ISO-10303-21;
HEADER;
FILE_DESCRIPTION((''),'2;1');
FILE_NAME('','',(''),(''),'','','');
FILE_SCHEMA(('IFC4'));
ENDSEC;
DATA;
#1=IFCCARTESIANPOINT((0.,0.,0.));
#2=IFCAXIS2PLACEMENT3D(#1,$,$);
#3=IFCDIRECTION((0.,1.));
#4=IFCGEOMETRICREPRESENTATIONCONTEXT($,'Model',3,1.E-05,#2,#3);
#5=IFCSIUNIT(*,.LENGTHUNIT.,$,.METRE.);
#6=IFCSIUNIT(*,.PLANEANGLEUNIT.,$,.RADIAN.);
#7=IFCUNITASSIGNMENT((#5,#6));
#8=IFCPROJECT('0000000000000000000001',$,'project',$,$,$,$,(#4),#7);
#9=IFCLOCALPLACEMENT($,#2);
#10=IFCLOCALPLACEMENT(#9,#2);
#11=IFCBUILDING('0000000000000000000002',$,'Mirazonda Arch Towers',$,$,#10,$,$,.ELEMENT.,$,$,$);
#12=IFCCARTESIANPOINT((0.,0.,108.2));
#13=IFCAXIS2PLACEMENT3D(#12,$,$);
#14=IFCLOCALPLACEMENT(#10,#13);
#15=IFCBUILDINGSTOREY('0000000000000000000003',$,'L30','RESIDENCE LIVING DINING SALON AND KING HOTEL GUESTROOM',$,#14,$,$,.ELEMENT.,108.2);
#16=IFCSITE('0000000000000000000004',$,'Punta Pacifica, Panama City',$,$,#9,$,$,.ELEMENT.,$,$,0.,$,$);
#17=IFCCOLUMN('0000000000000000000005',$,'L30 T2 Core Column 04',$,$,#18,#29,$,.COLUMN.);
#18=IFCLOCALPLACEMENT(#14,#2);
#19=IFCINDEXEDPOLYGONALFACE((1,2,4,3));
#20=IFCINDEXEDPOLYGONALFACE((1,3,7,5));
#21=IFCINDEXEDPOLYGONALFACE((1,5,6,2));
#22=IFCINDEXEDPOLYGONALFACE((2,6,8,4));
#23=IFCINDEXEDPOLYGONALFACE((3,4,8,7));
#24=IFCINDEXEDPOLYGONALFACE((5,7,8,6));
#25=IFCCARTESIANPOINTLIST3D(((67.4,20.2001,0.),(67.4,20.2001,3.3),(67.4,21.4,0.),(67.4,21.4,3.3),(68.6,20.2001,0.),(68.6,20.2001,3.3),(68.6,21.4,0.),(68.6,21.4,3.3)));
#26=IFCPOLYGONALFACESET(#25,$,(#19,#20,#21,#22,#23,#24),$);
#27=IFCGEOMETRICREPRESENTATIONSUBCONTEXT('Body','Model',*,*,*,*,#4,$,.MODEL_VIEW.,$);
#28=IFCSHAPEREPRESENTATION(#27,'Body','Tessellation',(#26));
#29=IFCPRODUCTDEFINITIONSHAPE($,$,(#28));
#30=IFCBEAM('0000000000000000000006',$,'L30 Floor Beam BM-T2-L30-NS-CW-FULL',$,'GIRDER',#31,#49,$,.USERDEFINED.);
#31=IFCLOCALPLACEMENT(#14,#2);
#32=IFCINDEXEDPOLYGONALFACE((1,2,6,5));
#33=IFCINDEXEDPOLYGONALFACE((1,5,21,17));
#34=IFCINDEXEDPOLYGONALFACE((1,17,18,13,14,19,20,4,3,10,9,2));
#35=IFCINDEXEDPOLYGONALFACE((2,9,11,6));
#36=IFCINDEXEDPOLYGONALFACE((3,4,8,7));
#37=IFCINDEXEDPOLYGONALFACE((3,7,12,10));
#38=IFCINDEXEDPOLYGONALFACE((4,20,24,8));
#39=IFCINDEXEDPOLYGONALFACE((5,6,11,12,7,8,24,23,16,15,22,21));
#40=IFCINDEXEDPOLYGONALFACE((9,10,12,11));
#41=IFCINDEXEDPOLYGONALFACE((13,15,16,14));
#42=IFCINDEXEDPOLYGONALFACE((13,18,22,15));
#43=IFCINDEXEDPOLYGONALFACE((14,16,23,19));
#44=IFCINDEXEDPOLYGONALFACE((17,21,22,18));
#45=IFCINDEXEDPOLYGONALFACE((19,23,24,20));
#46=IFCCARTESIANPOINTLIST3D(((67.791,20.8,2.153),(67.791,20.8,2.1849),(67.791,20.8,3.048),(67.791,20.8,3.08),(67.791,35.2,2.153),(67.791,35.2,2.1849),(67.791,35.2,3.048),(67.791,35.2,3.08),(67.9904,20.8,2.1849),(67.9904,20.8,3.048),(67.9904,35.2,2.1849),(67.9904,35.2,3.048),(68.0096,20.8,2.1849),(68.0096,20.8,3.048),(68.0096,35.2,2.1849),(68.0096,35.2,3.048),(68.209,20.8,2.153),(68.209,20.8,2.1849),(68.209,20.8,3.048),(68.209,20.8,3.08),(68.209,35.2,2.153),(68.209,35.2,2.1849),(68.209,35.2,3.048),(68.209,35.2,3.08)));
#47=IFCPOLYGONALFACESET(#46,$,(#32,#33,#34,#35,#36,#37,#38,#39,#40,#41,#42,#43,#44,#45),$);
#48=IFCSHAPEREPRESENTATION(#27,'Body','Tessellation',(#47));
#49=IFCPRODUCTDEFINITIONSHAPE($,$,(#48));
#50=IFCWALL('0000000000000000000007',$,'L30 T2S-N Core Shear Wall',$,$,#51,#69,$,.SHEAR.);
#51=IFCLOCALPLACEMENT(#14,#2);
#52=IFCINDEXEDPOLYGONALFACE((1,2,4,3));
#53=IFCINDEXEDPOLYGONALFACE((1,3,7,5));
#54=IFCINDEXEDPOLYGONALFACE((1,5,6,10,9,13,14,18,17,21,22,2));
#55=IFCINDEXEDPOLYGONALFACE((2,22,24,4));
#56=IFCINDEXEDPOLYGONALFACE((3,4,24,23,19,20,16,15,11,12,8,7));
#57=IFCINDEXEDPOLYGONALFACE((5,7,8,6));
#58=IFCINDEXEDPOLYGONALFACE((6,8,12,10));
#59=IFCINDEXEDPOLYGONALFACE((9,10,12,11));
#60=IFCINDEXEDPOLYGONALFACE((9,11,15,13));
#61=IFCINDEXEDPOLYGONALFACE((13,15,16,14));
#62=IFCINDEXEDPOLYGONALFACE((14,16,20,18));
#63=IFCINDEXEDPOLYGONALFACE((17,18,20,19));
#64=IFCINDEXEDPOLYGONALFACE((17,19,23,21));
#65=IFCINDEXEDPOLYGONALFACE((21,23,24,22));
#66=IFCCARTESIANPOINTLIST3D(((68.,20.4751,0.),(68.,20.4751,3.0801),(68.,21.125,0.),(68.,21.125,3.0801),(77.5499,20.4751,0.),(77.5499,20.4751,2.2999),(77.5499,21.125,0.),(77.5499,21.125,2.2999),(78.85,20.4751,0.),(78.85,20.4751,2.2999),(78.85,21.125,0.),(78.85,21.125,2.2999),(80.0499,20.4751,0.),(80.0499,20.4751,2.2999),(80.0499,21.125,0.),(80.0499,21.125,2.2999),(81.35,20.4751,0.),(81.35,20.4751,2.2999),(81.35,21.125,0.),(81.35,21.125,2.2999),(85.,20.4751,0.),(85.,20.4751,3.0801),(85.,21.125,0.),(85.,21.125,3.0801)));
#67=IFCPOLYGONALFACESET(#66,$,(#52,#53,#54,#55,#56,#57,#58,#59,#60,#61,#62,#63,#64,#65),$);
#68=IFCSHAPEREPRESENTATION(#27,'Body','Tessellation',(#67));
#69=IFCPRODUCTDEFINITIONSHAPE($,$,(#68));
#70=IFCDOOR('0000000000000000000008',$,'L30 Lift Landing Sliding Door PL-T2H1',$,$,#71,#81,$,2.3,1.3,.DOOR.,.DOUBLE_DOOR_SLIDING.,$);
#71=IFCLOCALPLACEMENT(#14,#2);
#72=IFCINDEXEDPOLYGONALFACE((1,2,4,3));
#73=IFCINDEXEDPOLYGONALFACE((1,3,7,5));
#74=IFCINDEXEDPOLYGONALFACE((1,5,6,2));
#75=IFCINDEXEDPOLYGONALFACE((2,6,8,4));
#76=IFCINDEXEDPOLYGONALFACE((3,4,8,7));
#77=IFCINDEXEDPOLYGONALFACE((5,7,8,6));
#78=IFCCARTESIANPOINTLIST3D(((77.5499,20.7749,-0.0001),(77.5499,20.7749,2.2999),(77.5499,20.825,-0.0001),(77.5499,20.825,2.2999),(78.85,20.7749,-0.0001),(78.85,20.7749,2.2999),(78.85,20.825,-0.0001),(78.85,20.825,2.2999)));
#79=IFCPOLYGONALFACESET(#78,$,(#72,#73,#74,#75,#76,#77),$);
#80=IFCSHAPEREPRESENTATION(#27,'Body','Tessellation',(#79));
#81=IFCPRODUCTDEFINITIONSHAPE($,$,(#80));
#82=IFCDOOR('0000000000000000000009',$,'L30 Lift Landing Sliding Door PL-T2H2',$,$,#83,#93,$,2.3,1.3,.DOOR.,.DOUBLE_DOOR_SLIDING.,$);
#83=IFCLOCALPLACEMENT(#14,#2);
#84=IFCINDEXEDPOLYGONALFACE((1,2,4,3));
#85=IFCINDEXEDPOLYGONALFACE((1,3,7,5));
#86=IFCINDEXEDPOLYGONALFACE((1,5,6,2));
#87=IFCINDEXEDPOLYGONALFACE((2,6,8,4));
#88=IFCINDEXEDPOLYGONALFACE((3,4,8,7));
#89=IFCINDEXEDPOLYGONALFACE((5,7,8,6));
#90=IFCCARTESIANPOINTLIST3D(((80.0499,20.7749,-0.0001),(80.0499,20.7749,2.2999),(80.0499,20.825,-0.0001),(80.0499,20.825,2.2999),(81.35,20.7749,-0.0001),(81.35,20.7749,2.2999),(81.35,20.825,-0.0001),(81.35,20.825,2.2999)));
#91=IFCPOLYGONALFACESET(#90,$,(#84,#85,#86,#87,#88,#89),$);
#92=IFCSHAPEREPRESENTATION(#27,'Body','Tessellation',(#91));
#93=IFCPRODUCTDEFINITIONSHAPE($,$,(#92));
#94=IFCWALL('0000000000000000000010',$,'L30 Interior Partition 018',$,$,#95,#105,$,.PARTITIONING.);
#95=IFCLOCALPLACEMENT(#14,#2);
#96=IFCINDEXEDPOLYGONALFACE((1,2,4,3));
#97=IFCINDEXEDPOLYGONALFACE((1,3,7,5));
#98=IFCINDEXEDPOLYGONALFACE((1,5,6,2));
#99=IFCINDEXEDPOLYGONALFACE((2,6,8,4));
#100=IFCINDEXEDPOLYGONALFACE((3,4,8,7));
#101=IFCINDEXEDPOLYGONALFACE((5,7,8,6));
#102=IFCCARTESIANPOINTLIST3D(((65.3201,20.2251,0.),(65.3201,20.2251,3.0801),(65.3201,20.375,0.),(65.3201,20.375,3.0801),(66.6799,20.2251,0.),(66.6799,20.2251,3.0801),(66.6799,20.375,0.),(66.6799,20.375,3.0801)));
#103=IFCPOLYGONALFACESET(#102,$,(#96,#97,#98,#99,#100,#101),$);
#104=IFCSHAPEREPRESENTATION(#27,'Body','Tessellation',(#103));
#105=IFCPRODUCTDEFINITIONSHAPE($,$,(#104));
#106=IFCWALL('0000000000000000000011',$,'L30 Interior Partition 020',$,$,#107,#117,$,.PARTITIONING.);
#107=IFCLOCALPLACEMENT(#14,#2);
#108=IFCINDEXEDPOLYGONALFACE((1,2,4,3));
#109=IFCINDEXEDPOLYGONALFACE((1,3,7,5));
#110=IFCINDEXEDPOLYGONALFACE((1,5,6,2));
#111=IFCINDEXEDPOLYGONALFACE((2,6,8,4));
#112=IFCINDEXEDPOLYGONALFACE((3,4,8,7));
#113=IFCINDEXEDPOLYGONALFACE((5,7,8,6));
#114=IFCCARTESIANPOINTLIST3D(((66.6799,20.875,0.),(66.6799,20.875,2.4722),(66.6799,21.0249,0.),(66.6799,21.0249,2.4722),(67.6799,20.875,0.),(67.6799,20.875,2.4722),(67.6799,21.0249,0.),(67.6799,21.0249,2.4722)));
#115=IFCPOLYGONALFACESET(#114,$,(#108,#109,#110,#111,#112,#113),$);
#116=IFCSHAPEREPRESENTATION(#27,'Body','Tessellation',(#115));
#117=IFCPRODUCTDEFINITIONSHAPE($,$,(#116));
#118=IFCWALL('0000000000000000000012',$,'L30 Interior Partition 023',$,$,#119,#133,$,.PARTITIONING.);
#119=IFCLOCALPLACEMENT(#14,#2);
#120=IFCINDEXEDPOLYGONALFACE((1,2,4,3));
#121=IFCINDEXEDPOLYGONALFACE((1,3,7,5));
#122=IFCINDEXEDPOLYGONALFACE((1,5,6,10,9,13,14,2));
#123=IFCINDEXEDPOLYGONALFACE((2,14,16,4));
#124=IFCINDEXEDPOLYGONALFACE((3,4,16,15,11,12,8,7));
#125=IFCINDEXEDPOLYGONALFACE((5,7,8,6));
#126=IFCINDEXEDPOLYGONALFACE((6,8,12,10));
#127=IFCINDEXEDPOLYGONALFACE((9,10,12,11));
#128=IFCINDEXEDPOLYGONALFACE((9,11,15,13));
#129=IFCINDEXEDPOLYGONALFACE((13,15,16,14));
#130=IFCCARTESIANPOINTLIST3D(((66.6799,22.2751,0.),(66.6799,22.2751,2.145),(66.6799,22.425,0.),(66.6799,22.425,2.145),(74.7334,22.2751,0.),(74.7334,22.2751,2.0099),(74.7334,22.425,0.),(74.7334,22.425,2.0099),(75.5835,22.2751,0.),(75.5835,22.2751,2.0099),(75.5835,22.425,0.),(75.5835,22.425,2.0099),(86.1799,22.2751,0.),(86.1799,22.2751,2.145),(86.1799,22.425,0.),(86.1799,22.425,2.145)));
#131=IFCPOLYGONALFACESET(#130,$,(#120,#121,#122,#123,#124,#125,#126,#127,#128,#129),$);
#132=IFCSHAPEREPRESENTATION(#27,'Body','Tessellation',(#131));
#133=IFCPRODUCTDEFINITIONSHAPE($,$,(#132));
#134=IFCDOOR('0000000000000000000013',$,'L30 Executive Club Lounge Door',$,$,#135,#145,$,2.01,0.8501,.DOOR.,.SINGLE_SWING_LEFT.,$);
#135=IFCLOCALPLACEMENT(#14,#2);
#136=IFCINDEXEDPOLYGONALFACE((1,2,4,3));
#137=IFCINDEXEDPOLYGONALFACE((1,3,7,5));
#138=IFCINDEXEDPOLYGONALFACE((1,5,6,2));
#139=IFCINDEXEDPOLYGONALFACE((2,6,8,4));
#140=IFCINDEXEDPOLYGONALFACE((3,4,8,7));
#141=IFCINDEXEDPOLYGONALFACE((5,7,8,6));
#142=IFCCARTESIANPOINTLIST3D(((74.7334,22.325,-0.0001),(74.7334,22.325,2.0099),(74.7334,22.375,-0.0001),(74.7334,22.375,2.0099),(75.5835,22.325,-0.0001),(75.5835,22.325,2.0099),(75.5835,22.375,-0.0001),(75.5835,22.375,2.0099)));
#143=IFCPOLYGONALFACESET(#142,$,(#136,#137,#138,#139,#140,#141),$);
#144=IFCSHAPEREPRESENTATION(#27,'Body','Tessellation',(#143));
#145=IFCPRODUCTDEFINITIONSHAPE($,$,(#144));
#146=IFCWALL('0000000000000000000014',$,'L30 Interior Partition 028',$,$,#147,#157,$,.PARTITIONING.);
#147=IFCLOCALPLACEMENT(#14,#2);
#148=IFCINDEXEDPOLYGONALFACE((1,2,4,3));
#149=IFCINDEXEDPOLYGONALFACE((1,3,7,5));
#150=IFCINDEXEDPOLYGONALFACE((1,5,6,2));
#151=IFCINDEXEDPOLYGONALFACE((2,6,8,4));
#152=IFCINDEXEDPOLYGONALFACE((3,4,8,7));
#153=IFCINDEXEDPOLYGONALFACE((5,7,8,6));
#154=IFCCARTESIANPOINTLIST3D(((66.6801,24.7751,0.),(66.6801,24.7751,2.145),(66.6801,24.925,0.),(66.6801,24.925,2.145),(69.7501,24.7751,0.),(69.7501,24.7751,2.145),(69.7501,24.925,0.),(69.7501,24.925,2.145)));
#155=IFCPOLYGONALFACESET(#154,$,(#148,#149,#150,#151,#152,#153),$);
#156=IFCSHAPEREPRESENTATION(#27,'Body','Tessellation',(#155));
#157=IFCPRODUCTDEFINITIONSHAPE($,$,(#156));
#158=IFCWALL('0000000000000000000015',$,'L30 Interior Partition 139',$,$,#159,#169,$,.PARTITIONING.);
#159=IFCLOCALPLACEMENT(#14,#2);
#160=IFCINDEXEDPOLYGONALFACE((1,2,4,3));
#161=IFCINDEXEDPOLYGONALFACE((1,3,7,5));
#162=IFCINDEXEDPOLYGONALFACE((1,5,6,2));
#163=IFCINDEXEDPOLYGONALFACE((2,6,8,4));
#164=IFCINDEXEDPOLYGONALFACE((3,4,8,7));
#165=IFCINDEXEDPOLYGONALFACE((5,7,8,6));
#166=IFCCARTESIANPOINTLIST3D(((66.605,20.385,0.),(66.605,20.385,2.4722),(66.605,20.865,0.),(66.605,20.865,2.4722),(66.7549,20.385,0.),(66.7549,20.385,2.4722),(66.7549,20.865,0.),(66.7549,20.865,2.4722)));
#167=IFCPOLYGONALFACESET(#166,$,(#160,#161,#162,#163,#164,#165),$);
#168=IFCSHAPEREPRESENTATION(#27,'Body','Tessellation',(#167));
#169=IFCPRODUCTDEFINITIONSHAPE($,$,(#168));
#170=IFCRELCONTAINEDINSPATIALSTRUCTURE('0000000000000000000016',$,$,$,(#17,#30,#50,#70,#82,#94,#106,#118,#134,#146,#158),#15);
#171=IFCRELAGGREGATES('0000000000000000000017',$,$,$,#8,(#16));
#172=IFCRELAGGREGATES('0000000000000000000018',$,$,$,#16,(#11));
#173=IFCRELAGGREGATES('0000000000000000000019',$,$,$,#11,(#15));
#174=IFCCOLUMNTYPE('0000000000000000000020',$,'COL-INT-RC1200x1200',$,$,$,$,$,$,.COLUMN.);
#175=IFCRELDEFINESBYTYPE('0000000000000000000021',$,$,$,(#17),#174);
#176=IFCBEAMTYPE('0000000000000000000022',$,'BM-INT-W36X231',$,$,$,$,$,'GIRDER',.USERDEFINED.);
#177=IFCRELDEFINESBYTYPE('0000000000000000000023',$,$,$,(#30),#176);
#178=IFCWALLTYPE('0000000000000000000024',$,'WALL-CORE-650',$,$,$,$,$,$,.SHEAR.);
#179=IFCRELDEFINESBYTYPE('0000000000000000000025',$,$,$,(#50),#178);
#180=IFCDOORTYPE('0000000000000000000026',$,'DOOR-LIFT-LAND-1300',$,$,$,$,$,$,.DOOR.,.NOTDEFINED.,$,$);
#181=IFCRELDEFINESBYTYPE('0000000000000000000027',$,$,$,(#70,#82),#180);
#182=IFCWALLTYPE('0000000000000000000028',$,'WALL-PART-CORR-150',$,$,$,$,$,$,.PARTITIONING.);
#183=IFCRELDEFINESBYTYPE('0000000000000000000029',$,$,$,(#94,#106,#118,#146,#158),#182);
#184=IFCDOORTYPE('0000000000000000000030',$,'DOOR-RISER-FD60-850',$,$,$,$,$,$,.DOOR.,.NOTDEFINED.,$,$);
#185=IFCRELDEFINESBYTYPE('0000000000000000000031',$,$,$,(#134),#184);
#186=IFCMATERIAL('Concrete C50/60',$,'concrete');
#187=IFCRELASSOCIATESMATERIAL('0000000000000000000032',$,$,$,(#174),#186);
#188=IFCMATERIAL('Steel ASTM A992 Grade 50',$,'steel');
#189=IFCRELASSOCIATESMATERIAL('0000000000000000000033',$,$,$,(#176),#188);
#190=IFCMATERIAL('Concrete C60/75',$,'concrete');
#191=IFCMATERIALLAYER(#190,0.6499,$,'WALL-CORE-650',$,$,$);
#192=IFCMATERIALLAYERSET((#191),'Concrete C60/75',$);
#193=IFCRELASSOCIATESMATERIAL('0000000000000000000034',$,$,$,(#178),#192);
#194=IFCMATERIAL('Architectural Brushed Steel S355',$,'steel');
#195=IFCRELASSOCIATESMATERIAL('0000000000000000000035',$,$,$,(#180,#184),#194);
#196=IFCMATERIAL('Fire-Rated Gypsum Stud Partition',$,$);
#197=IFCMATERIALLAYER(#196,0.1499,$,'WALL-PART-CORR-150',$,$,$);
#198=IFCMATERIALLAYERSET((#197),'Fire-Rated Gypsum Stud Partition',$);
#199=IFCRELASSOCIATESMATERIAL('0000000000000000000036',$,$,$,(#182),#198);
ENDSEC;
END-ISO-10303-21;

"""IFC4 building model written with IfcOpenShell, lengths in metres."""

from ifc_helpers import new_model, si_unit, direction, frame, frame_2d, origin, origin_2d, place, context, subcontext, project, spatial, rectangle, i_section, extrude, material, layer, layer_set, material_profile, profile_set, type_object, element, fill, save


model = new_model("IFC4")

# Units and contexts
model_context = context("Model", 3, precision=1e-05, world=origin(), true_north=direction((0.0, 1.0)))
body_context = subcontext(model_context, "Body", "Model", "MODEL_VIEW")
ifc_project = project(units=[si_unit("LENGTHUNIT", "METRE"), si_unit("PLANEANGLEUNIT", "RADIAN")], contexts=[model_context])

# Site, building, storey
site_placement = place(None, origin())
site = spatial("IfcSite", under=ifc_project, at=site_placement, Name="Punta Pacifica, Panama City", CompositionType="ELEMENT", RefElevation=0.0)
building_placement = place(site_placement, origin())
building = spatial("IfcBuilding", under=site, at=building_placement, Name="Mirazonda Arch Towers", CompositionType="ELEMENT")
storey_placement = place(building_placement, frame((0.0, 0.0, 108.2)))
storey = spatial("IfcBuildingStorey", under=building, at=storey_placement, Name="L30", Description="RESIDENCE LIVING DINING SALON AND KING HOTEL GUESTROOM", CompositionType="ELEMENT", Elevation=108.2)

# Column
ifc_material_1 = material(Name="Concrete C50/60", Category="concrete")
ifc_material_profile_1 = material_profile(ifc_material_1, rectangle(XDim=1.2, YDim=1.2, at=origin_2d()), Name="RC1200x1200")
ifc_profile_set_1 = profile_set([ifc_material_profile_1], Name="Concrete C50/60")
column_type = type_object("IfcColumnType", Name="COL-INT-RC1200x1200", PredefinedType="COLUMN", material=ifc_profile_set_1)
column_placement = place(storey_placement, frame((68.0, 20.8, 0.0), z_axis=(0.0, 0.0, 1.0), x_axis=(1.0, 0.0, 0.0)))
element("IfcColumn", 1, at=column_placement, inside=storey, type_object=column_type, Name="L30 T2 Core Column 04", PredefinedType="COLUMN", context=body_context, shape_type="SweptSolid", body=[
    extrude(rectangle(XDim=1.2, YDim=1.2, at=origin_2d()), origin(), (0.0, 0.0, 1.0), 3.3),
])

# Beam
ifc_material_2 = material(Name="Steel ASTM A992 Grade 50", Category="steel")
ifc_material_profile_2 = material_profile(ifc_material_2, i_section(OverallWidth=0.418, OverallDepth=0.927, WebThickness=0.0193, FlangeThickness=0.032, at=origin_2d()), Name="W36X231")
ifc_profile_set_2 = profile_set([ifc_material_profile_2], Name="Steel ASTM A992 Grade 50")
beam_type = type_object("IfcBeamType", Name="BM-INT-W36X231", ElementType="GIRDER", PredefinedType="USERDEFINED", material=ifc_profile_set_2)
beam_placement = place(storey_placement, frame((68.0, 20.8, 2.6165), z_axis=(0.0, 1.0, 0.0), x_axis=(-1.0, 0.0, 0.0)))
element("IfcBeam", 2, at=beam_placement, inside=storey, type_object=beam_type, Name="L30 Floor Beam BM-T2-L30-NS-CW-FULL", ObjectType="GIRDER", PredefinedType="USERDEFINED", context=body_context, shape_type="SweptSolid", body=[
    extrude(i_section(OverallWidth=0.418, OverallDepth=0.927, WebThickness=0.0193, FlangeThickness=0.032, at=origin_2d()), origin(), (0.0, 0.0, 1.0), 14.3999),
])

# Wall, openings, doors
ifc_material_3 = material(Name="Concrete C60/75", Category="concrete")
ifc_layer_1 = layer(ifc_material_3, 0.6499, Name="WALL-CORE-650")
ifc_layer_set_1 = layer_set([ifc_layer_1], Name="Concrete C60/75")
wall_type_1 = type_object("IfcWallType", Name="WALL-CORE-650", PredefinedType="SHEAR", material=ifc_layer_set_1)
wall_1_placement = place(storey_placement, frame((68.0, 20.8, 0.0), z_axis=(0.0, 0.0, 1.0), x_axis=(1.0, 0.0, 0.0)))
wall_1 = element("IfcWall", 3, at=wall_1_placement, inside=storey, type_object=wall_type_1, Name="L30 T2S-N Core Shear Wall", PredefinedType="SHEAR", context=body_context, shape_type="SweptSolid", body=[
    extrude(rectangle(XDim=17.0, YDim=0.6499, at=frame_2d((8.5, 0.0))), origin(), (0.0, 0.0, 1.0), 3.0801),
])
opening_1_placement = place(wall_1_placement, frame((9.55, 0.0, 0.0)))
opening_1 = element("IfcOpeningElement", 4, at=opening_1_placement, cuts=wall_1, PredefinedType="OPENING", context=body_context, shape_type="SweptSolid", body=[
    extrude(rectangle(XDim=1.3, YDim=2.3, at=frame_2d((0.6499, 1.1499))), frame((0.0, 0.335, 0.0), z_axis=(0.0, -1.0, 0.0), x_axis=(1.0, 0.0, 0.0)), (0.0, 0.0, 1.0), 0.6699),
])
opening_2_placement = place(wall_1_placement, frame((12.05, 0.0, 0.0)))
opening_2 = element("IfcOpeningElement", 5, at=opening_2_placement, cuts=wall_1, PredefinedType="OPENING", context=body_context, shape_type="SweptSolid", body=[
    extrude(rectangle(XDim=1.3, YDim=2.3, at=frame_2d((0.6499, 1.1499))), frame((0.0, 0.335, 0.0), z_axis=(0.0, -1.0, 0.0), x_axis=(1.0, 0.0, 0.0)), (0.0, 0.0, 1.0), 0.6699),
])
ifc_material_4 = material(Name="Architectural Brushed Steel S355", Category="steel")
door_type_1 = type_object("IfcDoorType", Name="DOOR-LIFT-LAND-1300", OperationType="NOTDEFINED", PredefinedType="DOOR", material=ifc_material_4)
door_1_placement = place(opening_1_placement, origin())
door_1 = element("IfcDoor", 6, at=door_1_placement, inside=storey, type_object=door_type_1, Name="L30 Lift Landing Sliding Door PL-T2H1", OperationType="DOUBLE_DOOR_SLIDING", OverallHeight=2.3, OverallWidth=1.3, PredefinedType="DOOR", context=body_context, shape_type="SweptSolid", body=[
    extrude(rectangle(XDim=1.3, YDim=2.3, at=frame_2d((0.6499, 1.1499))), frame((0.0, 0.0249, 0.0), z_axis=(0.0, -1.0, 0.0), x_axis=(1.0, 0.0, 0.0)), (0.0, 0.0, 1.0), 0.05),
])
fill(opening_1, door_1)
door_2_placement = place(opening_2_placement, origin())
door_2 = element("IfcDoor", 7, at=door_2_placement, inside=storey, type_object=door_type_1, Name="L30 Lift Landing Sliding Door PL-T2H2", OperationType="DOUBLE_DOOR_SLIDING", OverallHeight=2.3, OverallWidth=1.3, PredefinedType="DOOR", context=body_context, shape_type="SweptSolid", body=[
    extrude(rectangle(XDim=1.3, YDim=2.3, at=frame_2d((0.6499, 1.1499))), frame((0.0, 0.0249, 0.0), z_axis=(0.0, -1.0, 0.0), x_axis=(1.0, 0.0, 0.0)), (0.0, 0.0, 1.0), 0.05),
])
fill(opening_2, door_2)

# Walls
ifc_material_5 = material(Name="Fire-Rated Gypsum Stud Partition")
ifc_layer_2 = layer(ifc_material_5, 0.1499, Name="WALL-PART-CORR-150")
ifc_layer_set_2 = layer_set([ifc_layer_2], Name="Fire-Rated Gypsum Stud Partition")
wall_type_2 = type_object("IfcWallType", Name="WALL-PART-CORR-150", PredefinedType="PARTITIONING", material=ifc_layer_set_2)
wall_2_placement = place(storey_placement, frame((65.3201, 20.3, 0.0), z_axis=(0.0, 0.0, 1.0), x_axis=(1.0, 0.0, 0.0)))
element("IfcWall", 8, at=wall_2_placement, inside=storey, type_object=wall_type_2, Name="L30 Interior Partition 018", PredefinedType="PARTITIONING", context=body_context, shape_type="SweptSolid", body=[
    extrude(rectangle(XDim=1.3599, YDim=0.1499, at=frame_2d((0.6799, 0.0))), origin(), (0.0, 0.0, 1.0), 3.0801),
])
wall_3_placement = place(storey_placement, frame((66.6799, 20.95, 0.0), z_axis=(0.0, 0.0, 1.0), x_axis=(1.0, 0.0, 0.0)))
element("IfcWall", 9, at=wall_3_placement, inside=storey, type_object=wall_type_2, Name="L30 Interior Partition 020", PredefinedType="PARTITIONING", context=body_context, shape_type="SweptSolid", body=[
    extrude(rectangle(XDim=1.0, YDim=0.1499, at=frame_2d((0.5, 0.0))), origin(), (0.0, 0.0, 1.0), 2.4722),
])

# Wall, opening, door
wall_4_placement = place(storey_placement, frame((66.6799, 22.3501, 0.0), z_axis=(0.0, 0.0, 1.0), x_axis=(1.0, 0.0, 0.0)))
wall_4 = element("IfcWall", 10, at=wall_4_placement, inside=storey, type_object=wall_type_2, Name="L30 Interior Partition 023", PredefinedType="PARTITIONING", context=body_context, shape_type="SweptSolid", body=[
    extrude(rectangle(XDim=19.5, YDim=0.1499, at=frame_2d((9.75, 0.0))), origin(), (0.0, 0.0, 1.0), 2.145),
])
opening_3_placement = place(wall_4_placement, frame((8.0535, 0.0, 0.0)))
opening_3 = element("IfcOpeningElement", 11, at=opening_3_placement, cuts=wall_4, PredefinedType="OPENING", context=body_context, shape_type="SweptSolid", body=[
    extrude(rectangle(XDim=0.8501, YDim=2.01, at=frame_2d((0.425, 1.0049))), frame((0.0, 0.085, 0.0), z_axis=(0.0, -1.0, 0.0), x_axis=(1.0, 0.0, 0.0)), (0.0, 0.0, 1.0), 0.1699),
])
door_type_2 = type_object("IfcDoorType", Name="DOOR-RISER-FD60-850", OperationType="NOTDEFINED", PredefinedType="DOOR", material=ifc_material_4)
door_3_placement = place(opening_3_placement, origin())
door_3 = element("IfcDoor", 12, at=door_3_placement, inside=storey, type_object=door_type_2, Name="L30 Executive Club Lounge Door", OperationType="SINGLE_SWING_LEFT", OverallHeight=2.01, OverallWidth=0.8501, PredefinedType="DOOR", context=body_context, shape_type="SweptSolid", body=[
    extrude(rectangle(XDim=0.8501, YDim=2.01, at=frame_2d((0.425, 1.0049))), frame((0.0, 0.0249, 0.0), z_axis=(0.0, -1.0, 0.0), x_axis=(1.0, 0.0, 0.0)), (0.0, 0.0, 1.0), 0.05),
])
fill(opening_3, door_3)

# Walls
wall_5_placement = place(storey_placement, frame((66.6799, 24.8501, 0.0), z_axis=(0.0, 0.0, 1.0), x_axis=(1.0, 0.0, 0.0)))
element("IfcWall", 13, at=wall_5_placement, inside=storey, type_object=wall_type_2, Name="L30 Interior Partition 028", PredefinedType="PARTITIONING", context=body_context, shape_type="SweptSolid", body=[
    extrude(rectangle(XDim=3.0701, YDim=0.1499, at=frame_2d((1.5352, 0.0))), origin(), (0.0, 0.0, 1.0), 2.145),
])
wall_6_placement = place(storey_placement, frame((66.6799, 20.385, 0.0), z_axis=(0.0, 0.0, 1.0), x_axis=(0.0, 1.0, 0.0)))
element("IfcWall", 14, at=wall_6_placement, inside=storey, type_object=wall_type_2, Name="L30 Interior Partition 139", PredefinedType="PARTITIONING", context=body_context, shape_type="SweptSolid", body=[
    extrude(rectangle(XDim=0.48, YDim=0.1499, at=frame_2d((0.24, 0.0))), origin(), (0.0, 0.0, 1.0), 2.4722),
])

save(model, "model.ifc")
